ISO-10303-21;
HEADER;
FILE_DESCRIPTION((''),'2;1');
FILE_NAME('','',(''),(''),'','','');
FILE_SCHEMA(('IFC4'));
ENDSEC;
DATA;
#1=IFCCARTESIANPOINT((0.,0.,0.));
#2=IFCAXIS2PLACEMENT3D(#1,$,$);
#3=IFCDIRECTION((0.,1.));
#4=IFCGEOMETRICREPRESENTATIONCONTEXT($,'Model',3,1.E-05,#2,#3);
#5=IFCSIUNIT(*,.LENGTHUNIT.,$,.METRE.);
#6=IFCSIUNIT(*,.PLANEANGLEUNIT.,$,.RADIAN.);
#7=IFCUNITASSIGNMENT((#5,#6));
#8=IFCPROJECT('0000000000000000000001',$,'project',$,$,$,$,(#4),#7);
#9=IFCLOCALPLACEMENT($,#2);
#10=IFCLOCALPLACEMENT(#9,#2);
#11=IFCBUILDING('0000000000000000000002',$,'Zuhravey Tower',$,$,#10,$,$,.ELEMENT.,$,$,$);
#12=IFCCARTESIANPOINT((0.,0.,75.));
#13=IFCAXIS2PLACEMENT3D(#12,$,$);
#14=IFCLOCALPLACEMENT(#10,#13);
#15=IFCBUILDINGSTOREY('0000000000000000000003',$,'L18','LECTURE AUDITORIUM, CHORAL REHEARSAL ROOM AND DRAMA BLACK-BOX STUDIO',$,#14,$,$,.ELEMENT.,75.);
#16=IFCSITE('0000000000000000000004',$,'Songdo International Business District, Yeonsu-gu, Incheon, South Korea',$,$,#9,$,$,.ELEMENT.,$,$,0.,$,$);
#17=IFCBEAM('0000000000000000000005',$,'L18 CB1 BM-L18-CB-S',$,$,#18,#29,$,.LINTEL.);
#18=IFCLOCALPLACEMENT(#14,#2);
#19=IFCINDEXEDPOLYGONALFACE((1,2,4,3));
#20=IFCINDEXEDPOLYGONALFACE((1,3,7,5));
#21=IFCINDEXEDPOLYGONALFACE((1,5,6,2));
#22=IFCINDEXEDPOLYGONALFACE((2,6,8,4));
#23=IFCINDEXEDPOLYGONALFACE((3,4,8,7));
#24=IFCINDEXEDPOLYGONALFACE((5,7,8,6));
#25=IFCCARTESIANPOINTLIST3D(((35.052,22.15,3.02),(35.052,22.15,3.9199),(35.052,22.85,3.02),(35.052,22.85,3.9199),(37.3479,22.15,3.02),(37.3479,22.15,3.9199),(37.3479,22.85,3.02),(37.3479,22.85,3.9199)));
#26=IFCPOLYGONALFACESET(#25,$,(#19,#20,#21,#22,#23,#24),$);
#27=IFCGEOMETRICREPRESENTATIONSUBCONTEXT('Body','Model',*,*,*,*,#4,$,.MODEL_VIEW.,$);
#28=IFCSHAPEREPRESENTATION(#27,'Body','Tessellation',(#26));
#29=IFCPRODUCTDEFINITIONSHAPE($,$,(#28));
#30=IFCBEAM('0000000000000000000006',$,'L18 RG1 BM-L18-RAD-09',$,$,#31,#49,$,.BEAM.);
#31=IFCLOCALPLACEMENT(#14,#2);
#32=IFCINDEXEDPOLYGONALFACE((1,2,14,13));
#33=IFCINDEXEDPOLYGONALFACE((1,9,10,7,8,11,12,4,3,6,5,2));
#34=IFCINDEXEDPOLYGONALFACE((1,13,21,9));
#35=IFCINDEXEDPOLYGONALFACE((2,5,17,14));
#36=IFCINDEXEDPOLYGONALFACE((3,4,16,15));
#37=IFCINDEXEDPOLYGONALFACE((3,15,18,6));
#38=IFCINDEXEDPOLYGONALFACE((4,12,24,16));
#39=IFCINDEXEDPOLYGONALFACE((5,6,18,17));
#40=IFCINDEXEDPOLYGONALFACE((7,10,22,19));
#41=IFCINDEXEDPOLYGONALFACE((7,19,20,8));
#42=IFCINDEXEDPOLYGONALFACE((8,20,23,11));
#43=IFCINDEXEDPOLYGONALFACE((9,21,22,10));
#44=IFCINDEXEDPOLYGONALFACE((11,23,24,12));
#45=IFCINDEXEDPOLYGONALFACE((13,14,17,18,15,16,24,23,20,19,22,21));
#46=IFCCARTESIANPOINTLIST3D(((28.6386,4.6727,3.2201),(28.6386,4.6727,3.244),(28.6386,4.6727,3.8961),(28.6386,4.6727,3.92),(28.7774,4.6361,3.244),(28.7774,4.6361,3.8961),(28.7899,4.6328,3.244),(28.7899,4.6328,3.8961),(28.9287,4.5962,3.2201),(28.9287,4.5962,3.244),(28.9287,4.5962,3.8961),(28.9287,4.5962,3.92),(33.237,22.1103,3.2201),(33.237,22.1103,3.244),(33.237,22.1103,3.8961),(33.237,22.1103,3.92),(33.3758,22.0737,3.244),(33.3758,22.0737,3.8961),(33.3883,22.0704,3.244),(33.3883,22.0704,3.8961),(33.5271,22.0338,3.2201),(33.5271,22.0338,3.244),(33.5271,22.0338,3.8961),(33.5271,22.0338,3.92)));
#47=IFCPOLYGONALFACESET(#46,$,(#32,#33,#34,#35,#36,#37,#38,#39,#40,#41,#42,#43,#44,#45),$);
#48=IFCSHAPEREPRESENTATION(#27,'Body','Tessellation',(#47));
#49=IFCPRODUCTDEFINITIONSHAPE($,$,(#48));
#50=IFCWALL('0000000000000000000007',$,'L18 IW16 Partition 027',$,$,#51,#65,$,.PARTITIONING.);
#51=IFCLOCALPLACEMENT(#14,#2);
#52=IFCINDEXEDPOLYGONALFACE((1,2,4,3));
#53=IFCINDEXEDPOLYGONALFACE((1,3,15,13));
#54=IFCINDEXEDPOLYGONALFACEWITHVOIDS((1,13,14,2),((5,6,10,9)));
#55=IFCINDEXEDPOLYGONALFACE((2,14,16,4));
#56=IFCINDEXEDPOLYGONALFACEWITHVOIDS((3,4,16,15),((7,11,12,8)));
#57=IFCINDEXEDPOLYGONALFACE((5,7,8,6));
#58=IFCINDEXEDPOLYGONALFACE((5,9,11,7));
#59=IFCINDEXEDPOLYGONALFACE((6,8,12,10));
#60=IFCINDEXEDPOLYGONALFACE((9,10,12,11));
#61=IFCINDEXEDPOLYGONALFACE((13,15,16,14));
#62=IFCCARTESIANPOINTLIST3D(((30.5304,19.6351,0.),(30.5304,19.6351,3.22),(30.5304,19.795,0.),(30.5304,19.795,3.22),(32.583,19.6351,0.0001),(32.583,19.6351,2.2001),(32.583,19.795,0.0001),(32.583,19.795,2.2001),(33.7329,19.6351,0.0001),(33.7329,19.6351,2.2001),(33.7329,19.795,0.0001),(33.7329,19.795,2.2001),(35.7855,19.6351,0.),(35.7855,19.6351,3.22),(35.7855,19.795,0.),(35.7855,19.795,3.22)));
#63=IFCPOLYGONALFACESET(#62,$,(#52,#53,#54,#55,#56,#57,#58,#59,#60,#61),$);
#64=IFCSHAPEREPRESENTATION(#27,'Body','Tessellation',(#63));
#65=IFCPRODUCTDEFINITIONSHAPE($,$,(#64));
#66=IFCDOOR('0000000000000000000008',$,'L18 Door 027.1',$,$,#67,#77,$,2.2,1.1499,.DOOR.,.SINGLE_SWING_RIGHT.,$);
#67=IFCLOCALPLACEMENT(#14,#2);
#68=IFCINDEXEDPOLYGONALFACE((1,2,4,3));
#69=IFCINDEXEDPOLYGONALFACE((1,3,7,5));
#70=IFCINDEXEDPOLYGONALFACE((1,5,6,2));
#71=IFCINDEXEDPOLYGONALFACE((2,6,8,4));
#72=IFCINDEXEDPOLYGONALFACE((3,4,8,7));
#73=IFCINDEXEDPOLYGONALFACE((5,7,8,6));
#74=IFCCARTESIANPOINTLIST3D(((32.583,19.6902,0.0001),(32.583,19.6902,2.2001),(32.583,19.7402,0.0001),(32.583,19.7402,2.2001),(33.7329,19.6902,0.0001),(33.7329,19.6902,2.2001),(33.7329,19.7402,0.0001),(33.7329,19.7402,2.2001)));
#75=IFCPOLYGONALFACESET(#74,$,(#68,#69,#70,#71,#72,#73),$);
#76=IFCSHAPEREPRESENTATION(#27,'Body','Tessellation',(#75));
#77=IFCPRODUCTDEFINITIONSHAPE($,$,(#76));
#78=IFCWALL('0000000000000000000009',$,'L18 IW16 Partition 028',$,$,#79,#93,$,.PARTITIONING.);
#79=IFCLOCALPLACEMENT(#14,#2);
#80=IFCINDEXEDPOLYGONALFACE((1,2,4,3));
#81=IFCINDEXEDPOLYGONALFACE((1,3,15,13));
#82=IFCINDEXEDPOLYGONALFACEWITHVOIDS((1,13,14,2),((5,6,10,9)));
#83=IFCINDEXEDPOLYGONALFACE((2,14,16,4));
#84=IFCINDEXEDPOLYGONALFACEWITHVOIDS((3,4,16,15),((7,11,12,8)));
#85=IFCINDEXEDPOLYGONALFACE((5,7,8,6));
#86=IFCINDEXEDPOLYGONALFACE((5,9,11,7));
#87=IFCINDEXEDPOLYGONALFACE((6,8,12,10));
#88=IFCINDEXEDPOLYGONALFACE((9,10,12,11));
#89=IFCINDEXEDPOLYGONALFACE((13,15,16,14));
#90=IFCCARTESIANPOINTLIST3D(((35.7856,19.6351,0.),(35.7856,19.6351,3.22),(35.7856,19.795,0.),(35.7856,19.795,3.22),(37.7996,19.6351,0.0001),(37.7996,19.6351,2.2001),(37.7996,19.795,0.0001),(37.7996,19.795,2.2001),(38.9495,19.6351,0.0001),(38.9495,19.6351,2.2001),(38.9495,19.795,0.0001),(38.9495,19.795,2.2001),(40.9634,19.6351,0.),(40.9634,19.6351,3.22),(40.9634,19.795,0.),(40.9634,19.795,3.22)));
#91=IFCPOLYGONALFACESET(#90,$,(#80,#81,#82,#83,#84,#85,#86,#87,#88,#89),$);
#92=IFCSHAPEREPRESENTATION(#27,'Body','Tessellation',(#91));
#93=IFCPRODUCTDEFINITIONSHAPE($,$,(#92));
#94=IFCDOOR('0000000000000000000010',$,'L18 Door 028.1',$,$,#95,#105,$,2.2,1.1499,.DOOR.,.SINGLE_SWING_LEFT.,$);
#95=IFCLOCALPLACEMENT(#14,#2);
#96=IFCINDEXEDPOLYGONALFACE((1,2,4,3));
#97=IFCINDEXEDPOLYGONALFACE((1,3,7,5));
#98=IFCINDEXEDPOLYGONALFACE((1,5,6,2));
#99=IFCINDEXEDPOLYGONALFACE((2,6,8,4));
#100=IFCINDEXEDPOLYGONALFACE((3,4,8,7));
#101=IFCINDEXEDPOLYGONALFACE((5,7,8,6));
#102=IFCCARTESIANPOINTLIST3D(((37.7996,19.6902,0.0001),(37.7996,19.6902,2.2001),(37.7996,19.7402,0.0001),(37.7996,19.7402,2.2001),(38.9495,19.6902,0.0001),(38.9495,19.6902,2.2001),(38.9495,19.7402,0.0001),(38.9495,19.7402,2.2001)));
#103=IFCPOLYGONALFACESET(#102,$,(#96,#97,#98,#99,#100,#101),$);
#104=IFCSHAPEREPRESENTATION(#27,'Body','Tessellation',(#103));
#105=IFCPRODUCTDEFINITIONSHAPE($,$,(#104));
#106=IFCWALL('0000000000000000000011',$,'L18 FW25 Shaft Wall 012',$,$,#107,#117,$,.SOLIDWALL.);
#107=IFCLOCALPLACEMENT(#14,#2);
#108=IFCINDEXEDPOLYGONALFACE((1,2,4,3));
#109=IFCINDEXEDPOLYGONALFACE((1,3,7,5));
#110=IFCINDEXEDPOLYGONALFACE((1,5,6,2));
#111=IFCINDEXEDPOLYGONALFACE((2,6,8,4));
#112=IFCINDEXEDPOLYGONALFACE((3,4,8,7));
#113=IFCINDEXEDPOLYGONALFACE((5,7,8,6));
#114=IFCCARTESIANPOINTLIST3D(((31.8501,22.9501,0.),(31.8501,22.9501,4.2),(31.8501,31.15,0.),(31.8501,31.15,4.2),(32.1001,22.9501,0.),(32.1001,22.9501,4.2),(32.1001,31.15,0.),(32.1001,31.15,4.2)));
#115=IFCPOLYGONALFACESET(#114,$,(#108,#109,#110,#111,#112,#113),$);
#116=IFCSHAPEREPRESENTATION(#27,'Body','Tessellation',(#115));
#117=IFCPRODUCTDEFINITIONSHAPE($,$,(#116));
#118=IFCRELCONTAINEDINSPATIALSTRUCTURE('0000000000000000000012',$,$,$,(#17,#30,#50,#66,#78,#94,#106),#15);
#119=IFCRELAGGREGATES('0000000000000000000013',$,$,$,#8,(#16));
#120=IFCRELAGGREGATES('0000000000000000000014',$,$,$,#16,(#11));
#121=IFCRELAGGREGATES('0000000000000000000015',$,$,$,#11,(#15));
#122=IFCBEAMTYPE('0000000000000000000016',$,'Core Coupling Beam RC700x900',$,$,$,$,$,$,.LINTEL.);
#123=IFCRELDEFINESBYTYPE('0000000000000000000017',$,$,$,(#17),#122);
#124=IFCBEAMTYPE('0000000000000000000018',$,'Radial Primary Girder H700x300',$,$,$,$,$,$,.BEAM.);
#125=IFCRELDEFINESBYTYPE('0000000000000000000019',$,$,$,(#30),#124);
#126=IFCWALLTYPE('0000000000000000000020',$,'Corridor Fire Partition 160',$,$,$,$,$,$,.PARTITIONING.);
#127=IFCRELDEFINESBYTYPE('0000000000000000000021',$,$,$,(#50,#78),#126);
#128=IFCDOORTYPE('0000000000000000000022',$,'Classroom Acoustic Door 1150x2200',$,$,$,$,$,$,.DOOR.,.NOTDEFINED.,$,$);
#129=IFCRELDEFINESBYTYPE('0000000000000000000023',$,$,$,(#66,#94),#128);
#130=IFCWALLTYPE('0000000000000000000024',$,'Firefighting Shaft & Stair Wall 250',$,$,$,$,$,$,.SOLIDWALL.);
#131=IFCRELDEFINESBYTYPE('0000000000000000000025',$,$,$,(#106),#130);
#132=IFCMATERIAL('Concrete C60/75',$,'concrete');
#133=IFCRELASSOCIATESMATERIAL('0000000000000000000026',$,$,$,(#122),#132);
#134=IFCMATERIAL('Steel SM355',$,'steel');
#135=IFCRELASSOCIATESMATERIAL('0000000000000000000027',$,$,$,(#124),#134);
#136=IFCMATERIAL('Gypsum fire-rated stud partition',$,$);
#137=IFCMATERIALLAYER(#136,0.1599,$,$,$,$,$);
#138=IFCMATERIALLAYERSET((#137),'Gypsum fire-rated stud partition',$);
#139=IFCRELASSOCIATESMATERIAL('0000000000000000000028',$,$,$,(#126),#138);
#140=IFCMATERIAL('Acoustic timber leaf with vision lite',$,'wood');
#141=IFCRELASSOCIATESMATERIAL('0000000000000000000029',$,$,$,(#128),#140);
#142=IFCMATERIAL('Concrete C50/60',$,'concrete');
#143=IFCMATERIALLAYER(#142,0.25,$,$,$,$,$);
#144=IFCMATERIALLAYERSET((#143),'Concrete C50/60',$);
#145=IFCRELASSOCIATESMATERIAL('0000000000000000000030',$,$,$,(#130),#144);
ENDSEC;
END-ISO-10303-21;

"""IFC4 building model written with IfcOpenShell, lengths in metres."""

from ifc_helpers import new_model, si_unit, direction, frame, frame_2d, origin, origin_2d, place, context, subcontext, project, spatial, rectangle, i_section, extrude, material, layer, layer_set, material_profile, profile_set, type_object, element, fill, save


model = new_model("IFC4")

# Units and contexts
model_context = context("Model", 3, precision=1e-05, world=origin(), true_north=direction((0.0, 1.0)))
body_context = subcontext(model_context, "Body", "Model", "MODEL_VIEW")
ifc_project = project(units=[si_unit("LENGTHUNIT", "METRE"), si_unit("PLANEANGLEUNIT", "RADIAN")], contexts=[model_context])

# Site, building, storey
site_placement = place(None, origin())
site = spatial("IfcSite", under=ifc_project, at=site_placement, Name="Songdo International Business District, Yeonsu-gu, Incheon, South Korea", CompositionType="ELEMENT", RefElevation=0.0)
building_placement = place(site_placement, origin())
building = spatial("IfcBuilding", under=site, at=building_placement, Name="Zuhravey Tower", CompositionType="ELEMENT")
storey_placement = place(building_placement, frame((0.0, 0.0, 75.0)))
storey = spatial("IfcBuildingStorey", under=building, at=storey_placement, Name="L18", Description="LECTURE AUDITORIUM, CHORAL REHEARSAL ROOM AND DRAMA BLACK-BOX STUDIO", CompositionType="ELEMENT", Elevation=75.0)

# Beams
ifc_material_1 = material(Name="Concrete C60/75", Category="concrete")
ifc_material_profile_1 = material_profile(ifc_material_1, rectangle(XDim=0.7, YDim=0.8999, at=origin_2d()), Name="RC-700x900")
ifc_profile_set_1 = profile_set([ifc_material_profile_1], Name="Concrete C60/75")
beam_type_1 = type_object("IfcBeamType", Name="Core Coupling Beam RC700x900", PredefinedType="LINTEL", material=ifc_profile_set_1)
beam_1_placement = place(storey_placement, frame((35.052, 22.5, 3.47), z_axis=(1.0, 0.0, 0.0), x_axis=(0.0, 1.0, 0.0)))
element("IfcBeam", 1, at=beam_1_placement, inside=storey, type_object=beam_type_1, Name="L18 CB1 BM-L18-CB-S", PredefinedType="LINTEL", context=body_context, shape_type="SweptSolid", body=[
    extrude(rectangle(XDim=0.7, YDim=0.8999, at=origin_2d()), origin(), (0.0, 0.0, 1.0), 2.2959),
])
ifc_material_2 = material(Name="Steel SM355", Category="steel")
ifc_material_profile_2 = material_profile(ifc_material_2, i_section(OverallWidth=0.3, OverallDepth=0.7, WebThickness=0.0129, FlangeThickness=0.0239, at=origin_2d()), Name="H-700x300x13x24")
ifc_profile_set_2 = profile_set([ifc_material_profile_2], Name="Steel SM355")
beam_type_2 = type_object("IfcBeamType", Name="Radial Primary Girder H700x300", PredefinedType="BEAM", material=ifc_profile_set_2)
beam_2_placement = place(storey_placement, frame((33.3821, 22.072, 3.5701), z_axis=(-0.25499, -0.966944, 0.0), x_axis=(0.966944, -0.25499, 0.0)))
element("IfcBeam", 2, at=beam_2_placement, inside=storey, type_object=beam_type_2, Name="L18 RG1 BM-L18-RAD-09", PredefinedType="BEAM", context=body_context, shape_type="SweptSolid", body=[
    extrude(i_section(OverallWidth=0.3, OverallDepth=0.7, WebThickness=0.0129, FlangeThickness=0.0239, at=origin_2d()), origin(), (0.0, 0.0, 1.0), 18.0337),
])

# Walls, openings, doors
ifc_material_3 = material(Name="Gypsum fire-rated stud partition")
ifc_layer_1 = layer(ifc_material_3, 0.1599)
ifc_layer_set_1 = layer_set([ifc_layer_1], Name="Gypsum fire-rated stud partition")
wall_type_1 = type_object("IfcWallType", Name="Corridor Fire Partition 160", PredefinedType="PARTITIONING", material=ifc_layer_set_1)
wall_1_placement = place(storey_placement, frame((30.5305, 19.7151, 0.0), z_axis=(0.0, 0.0, 1.0), x_axis=(1.0, 0.0, 0.0)))
wall_1 = element("IfcWall", 3, at=wall_1_placement, inside=storey, type_object=wall_type_1, Name="L18 IW16 Partition 027", PredefinedType="PARTITIONING", context=body_context, shape_type="SweptSolid", body=[
    extrude(rectangle(XDim=5.2551, YDim=0.1599, at=frame_2d((2.6274, 0.0))), origin(), (0.0, 0.0, 1.0), 3.22),
])
opening_1_placement = place(wall_1_placement, frame((2.0525, 0.0, 0.0)))
opening_1 = element("IfcOpeningElement", 4, at=opening_1_placement, cuts=wall_1, PredefinedType="OPENING", context=body_context, shape_type="SweptSolid", body=[
    extrude(rectangle(XDim=1.1499, YDim=2.2, at=frame_2d((0.575, 1.1001))), frame((0.0, 0.092, 0.0), z_axis=(0.0, -1.0, 0.0), x_axis=(1.0, 0.0, 0.0)), (0.0, 0.0, 1.0), 0.1838),
])
ifc_material_4 = material(Name="Acoustic timber leaf with vision lite", Category="wood")
door_type_1 = type_object("IfcDoorType", Name="Classroom Acoustic Door 1150x2200", OperationType="NOTDEFINED", PredefinedType="DOOR", material=ifc_material_4)
door_1_placement = place(opening_1_placement, frame((1.1499, 0.0, 0.0), z_axis=(0.0, 0.0, 1.0), x_axis=(-1.0, 0.0, 0.0)))
door_1 = element("IfcDoor", 5, at=door_1_placement, inside=storey, type_object=door_type_1, Name="L18 Door 027.1", OperationType="SINGLE_SWING_RIGHT", OverallHeight=2.2, OverallWidth=1.1499, PredefinedType="DOOR", context=body_context, shape_type="SweptSolid", body=[
    extrude(rectangle(XDim=1.1499, YDim=2.2, at=frame_2d((0.575, 1.1001))), frame((0.0, 0.0249, 0.0), z_axis=(0.0, -1.0, 0.0), x_axis=(1.0, 0.0, 0.0)), (0.0, 0.0, 1.0), 0.05),
])
fill(opening_1, door_1)
wall_2_placement = place(storey_placement, frame((35.7856, 19.7151, 0.0), z_axis=(0.0, 0.0, 1.0), x_axis=(1.0, 0.0, 0.0)))
wall_2 = element("IfcWall", 6, at=wall_2_placement, inside=storey, type_object=wall_type_1, Name="L18 IW16 Partition 028", PredefinedType="PARTITIONING", context=body_context, shape_type="SweptSolid", body=[
    extrude(rectangle(XDim=5.1777, YDim=0.1599, at=frame_2d((2.5889, 0.0))), origin(), (0.0, 0.0, 1.0), 3.22),
])
opening_2_placement = place(wall_2_placement, frame((2.0139, 0.0, 0.0)))
opening_2 = element("IfcOpeningElement", 7, at=opening_2_placement, cuts=wall_2, PredefinedType="OPENING", context=body_context, shape_type="SweptSolid", body=[
    extrude(rectangle(XDim=1.1499, YDim=2.2, at=frame_2d((0.575, 1.1001))), frame((0.0, 0.092, 0.0), z_axis=(0.0, -1.0, 0.0), x_axis=(1.0, 0.0, 0.0)), (0.0, 0.0, 1.0), 0.1838),
])
door_2_placement = place(opening_2_placement, frame((1.1499, 0.0, 0.0), z_axis=(0.0, 0.0, 1.0), x_axis=(-1.0, 0.0, 0.0)))
door_2 = element("IfcDoor", 8, at=door_2_placement, inside=storey, type_object=door_type_1, Name="L18 Door 028.1", OperationType="SINGLE_SWING_LEFT", OverallHeight=2.2, OverallWidth=1.1499, PredefinedType="DOOR", context=body_context, shape_type="SweptSolid", body=[
    extrude(rectangle(XDim=1.1499, YDim=2.2, at=frame_2d((0.575, 1.1001))), frame((0.0, 0.0249, 0.0), z_axis=(0.0, -1.0, 0.0), x_axis=(1.0, 0.0, 0.0)), (0.0, 0.0, 1.0), 0.05),
])
fill(opening_2, door_2)
ifc_material_5 = material(Name="Concrete C50/60", Category="concrete")
ifc_layer_2 = layer(ifc_material_5, 0.25)
ifc_layer_set_2 = layer_set([ifc_layer_2], Name="Concrete C50/60")
wall_type_2 = type_object("IfcWallType", Name="Firefighting Shaft & Stair Wall 250", PredefinedType="SOLIDWALL", material=ifc_layer_set_2)

# Wall
wall_3_placement = place(storey_placement, frame((31.9751, 22.95, 0.0), z_axis=(0.0, 0.0, 1.0), x_axis=(0.0, 1.0, 0.0)))
element("IfcWall", 9, at=wall_3_placement, inside=storey, type_object=wall_type_2, Name="L18 FW25 Shaft Wall 012", PredefinedType="SOLIDWALL", context=body_context, shape_type="SweptSolid", body=[
    extrude(rectangle(XDim=8.2, YDim=0.25, at=frame_2d((4.1001, 0.0))), origin(), (0.0, 0.0, 1.0), 4.2),
])

save(model, "model.ifc")
